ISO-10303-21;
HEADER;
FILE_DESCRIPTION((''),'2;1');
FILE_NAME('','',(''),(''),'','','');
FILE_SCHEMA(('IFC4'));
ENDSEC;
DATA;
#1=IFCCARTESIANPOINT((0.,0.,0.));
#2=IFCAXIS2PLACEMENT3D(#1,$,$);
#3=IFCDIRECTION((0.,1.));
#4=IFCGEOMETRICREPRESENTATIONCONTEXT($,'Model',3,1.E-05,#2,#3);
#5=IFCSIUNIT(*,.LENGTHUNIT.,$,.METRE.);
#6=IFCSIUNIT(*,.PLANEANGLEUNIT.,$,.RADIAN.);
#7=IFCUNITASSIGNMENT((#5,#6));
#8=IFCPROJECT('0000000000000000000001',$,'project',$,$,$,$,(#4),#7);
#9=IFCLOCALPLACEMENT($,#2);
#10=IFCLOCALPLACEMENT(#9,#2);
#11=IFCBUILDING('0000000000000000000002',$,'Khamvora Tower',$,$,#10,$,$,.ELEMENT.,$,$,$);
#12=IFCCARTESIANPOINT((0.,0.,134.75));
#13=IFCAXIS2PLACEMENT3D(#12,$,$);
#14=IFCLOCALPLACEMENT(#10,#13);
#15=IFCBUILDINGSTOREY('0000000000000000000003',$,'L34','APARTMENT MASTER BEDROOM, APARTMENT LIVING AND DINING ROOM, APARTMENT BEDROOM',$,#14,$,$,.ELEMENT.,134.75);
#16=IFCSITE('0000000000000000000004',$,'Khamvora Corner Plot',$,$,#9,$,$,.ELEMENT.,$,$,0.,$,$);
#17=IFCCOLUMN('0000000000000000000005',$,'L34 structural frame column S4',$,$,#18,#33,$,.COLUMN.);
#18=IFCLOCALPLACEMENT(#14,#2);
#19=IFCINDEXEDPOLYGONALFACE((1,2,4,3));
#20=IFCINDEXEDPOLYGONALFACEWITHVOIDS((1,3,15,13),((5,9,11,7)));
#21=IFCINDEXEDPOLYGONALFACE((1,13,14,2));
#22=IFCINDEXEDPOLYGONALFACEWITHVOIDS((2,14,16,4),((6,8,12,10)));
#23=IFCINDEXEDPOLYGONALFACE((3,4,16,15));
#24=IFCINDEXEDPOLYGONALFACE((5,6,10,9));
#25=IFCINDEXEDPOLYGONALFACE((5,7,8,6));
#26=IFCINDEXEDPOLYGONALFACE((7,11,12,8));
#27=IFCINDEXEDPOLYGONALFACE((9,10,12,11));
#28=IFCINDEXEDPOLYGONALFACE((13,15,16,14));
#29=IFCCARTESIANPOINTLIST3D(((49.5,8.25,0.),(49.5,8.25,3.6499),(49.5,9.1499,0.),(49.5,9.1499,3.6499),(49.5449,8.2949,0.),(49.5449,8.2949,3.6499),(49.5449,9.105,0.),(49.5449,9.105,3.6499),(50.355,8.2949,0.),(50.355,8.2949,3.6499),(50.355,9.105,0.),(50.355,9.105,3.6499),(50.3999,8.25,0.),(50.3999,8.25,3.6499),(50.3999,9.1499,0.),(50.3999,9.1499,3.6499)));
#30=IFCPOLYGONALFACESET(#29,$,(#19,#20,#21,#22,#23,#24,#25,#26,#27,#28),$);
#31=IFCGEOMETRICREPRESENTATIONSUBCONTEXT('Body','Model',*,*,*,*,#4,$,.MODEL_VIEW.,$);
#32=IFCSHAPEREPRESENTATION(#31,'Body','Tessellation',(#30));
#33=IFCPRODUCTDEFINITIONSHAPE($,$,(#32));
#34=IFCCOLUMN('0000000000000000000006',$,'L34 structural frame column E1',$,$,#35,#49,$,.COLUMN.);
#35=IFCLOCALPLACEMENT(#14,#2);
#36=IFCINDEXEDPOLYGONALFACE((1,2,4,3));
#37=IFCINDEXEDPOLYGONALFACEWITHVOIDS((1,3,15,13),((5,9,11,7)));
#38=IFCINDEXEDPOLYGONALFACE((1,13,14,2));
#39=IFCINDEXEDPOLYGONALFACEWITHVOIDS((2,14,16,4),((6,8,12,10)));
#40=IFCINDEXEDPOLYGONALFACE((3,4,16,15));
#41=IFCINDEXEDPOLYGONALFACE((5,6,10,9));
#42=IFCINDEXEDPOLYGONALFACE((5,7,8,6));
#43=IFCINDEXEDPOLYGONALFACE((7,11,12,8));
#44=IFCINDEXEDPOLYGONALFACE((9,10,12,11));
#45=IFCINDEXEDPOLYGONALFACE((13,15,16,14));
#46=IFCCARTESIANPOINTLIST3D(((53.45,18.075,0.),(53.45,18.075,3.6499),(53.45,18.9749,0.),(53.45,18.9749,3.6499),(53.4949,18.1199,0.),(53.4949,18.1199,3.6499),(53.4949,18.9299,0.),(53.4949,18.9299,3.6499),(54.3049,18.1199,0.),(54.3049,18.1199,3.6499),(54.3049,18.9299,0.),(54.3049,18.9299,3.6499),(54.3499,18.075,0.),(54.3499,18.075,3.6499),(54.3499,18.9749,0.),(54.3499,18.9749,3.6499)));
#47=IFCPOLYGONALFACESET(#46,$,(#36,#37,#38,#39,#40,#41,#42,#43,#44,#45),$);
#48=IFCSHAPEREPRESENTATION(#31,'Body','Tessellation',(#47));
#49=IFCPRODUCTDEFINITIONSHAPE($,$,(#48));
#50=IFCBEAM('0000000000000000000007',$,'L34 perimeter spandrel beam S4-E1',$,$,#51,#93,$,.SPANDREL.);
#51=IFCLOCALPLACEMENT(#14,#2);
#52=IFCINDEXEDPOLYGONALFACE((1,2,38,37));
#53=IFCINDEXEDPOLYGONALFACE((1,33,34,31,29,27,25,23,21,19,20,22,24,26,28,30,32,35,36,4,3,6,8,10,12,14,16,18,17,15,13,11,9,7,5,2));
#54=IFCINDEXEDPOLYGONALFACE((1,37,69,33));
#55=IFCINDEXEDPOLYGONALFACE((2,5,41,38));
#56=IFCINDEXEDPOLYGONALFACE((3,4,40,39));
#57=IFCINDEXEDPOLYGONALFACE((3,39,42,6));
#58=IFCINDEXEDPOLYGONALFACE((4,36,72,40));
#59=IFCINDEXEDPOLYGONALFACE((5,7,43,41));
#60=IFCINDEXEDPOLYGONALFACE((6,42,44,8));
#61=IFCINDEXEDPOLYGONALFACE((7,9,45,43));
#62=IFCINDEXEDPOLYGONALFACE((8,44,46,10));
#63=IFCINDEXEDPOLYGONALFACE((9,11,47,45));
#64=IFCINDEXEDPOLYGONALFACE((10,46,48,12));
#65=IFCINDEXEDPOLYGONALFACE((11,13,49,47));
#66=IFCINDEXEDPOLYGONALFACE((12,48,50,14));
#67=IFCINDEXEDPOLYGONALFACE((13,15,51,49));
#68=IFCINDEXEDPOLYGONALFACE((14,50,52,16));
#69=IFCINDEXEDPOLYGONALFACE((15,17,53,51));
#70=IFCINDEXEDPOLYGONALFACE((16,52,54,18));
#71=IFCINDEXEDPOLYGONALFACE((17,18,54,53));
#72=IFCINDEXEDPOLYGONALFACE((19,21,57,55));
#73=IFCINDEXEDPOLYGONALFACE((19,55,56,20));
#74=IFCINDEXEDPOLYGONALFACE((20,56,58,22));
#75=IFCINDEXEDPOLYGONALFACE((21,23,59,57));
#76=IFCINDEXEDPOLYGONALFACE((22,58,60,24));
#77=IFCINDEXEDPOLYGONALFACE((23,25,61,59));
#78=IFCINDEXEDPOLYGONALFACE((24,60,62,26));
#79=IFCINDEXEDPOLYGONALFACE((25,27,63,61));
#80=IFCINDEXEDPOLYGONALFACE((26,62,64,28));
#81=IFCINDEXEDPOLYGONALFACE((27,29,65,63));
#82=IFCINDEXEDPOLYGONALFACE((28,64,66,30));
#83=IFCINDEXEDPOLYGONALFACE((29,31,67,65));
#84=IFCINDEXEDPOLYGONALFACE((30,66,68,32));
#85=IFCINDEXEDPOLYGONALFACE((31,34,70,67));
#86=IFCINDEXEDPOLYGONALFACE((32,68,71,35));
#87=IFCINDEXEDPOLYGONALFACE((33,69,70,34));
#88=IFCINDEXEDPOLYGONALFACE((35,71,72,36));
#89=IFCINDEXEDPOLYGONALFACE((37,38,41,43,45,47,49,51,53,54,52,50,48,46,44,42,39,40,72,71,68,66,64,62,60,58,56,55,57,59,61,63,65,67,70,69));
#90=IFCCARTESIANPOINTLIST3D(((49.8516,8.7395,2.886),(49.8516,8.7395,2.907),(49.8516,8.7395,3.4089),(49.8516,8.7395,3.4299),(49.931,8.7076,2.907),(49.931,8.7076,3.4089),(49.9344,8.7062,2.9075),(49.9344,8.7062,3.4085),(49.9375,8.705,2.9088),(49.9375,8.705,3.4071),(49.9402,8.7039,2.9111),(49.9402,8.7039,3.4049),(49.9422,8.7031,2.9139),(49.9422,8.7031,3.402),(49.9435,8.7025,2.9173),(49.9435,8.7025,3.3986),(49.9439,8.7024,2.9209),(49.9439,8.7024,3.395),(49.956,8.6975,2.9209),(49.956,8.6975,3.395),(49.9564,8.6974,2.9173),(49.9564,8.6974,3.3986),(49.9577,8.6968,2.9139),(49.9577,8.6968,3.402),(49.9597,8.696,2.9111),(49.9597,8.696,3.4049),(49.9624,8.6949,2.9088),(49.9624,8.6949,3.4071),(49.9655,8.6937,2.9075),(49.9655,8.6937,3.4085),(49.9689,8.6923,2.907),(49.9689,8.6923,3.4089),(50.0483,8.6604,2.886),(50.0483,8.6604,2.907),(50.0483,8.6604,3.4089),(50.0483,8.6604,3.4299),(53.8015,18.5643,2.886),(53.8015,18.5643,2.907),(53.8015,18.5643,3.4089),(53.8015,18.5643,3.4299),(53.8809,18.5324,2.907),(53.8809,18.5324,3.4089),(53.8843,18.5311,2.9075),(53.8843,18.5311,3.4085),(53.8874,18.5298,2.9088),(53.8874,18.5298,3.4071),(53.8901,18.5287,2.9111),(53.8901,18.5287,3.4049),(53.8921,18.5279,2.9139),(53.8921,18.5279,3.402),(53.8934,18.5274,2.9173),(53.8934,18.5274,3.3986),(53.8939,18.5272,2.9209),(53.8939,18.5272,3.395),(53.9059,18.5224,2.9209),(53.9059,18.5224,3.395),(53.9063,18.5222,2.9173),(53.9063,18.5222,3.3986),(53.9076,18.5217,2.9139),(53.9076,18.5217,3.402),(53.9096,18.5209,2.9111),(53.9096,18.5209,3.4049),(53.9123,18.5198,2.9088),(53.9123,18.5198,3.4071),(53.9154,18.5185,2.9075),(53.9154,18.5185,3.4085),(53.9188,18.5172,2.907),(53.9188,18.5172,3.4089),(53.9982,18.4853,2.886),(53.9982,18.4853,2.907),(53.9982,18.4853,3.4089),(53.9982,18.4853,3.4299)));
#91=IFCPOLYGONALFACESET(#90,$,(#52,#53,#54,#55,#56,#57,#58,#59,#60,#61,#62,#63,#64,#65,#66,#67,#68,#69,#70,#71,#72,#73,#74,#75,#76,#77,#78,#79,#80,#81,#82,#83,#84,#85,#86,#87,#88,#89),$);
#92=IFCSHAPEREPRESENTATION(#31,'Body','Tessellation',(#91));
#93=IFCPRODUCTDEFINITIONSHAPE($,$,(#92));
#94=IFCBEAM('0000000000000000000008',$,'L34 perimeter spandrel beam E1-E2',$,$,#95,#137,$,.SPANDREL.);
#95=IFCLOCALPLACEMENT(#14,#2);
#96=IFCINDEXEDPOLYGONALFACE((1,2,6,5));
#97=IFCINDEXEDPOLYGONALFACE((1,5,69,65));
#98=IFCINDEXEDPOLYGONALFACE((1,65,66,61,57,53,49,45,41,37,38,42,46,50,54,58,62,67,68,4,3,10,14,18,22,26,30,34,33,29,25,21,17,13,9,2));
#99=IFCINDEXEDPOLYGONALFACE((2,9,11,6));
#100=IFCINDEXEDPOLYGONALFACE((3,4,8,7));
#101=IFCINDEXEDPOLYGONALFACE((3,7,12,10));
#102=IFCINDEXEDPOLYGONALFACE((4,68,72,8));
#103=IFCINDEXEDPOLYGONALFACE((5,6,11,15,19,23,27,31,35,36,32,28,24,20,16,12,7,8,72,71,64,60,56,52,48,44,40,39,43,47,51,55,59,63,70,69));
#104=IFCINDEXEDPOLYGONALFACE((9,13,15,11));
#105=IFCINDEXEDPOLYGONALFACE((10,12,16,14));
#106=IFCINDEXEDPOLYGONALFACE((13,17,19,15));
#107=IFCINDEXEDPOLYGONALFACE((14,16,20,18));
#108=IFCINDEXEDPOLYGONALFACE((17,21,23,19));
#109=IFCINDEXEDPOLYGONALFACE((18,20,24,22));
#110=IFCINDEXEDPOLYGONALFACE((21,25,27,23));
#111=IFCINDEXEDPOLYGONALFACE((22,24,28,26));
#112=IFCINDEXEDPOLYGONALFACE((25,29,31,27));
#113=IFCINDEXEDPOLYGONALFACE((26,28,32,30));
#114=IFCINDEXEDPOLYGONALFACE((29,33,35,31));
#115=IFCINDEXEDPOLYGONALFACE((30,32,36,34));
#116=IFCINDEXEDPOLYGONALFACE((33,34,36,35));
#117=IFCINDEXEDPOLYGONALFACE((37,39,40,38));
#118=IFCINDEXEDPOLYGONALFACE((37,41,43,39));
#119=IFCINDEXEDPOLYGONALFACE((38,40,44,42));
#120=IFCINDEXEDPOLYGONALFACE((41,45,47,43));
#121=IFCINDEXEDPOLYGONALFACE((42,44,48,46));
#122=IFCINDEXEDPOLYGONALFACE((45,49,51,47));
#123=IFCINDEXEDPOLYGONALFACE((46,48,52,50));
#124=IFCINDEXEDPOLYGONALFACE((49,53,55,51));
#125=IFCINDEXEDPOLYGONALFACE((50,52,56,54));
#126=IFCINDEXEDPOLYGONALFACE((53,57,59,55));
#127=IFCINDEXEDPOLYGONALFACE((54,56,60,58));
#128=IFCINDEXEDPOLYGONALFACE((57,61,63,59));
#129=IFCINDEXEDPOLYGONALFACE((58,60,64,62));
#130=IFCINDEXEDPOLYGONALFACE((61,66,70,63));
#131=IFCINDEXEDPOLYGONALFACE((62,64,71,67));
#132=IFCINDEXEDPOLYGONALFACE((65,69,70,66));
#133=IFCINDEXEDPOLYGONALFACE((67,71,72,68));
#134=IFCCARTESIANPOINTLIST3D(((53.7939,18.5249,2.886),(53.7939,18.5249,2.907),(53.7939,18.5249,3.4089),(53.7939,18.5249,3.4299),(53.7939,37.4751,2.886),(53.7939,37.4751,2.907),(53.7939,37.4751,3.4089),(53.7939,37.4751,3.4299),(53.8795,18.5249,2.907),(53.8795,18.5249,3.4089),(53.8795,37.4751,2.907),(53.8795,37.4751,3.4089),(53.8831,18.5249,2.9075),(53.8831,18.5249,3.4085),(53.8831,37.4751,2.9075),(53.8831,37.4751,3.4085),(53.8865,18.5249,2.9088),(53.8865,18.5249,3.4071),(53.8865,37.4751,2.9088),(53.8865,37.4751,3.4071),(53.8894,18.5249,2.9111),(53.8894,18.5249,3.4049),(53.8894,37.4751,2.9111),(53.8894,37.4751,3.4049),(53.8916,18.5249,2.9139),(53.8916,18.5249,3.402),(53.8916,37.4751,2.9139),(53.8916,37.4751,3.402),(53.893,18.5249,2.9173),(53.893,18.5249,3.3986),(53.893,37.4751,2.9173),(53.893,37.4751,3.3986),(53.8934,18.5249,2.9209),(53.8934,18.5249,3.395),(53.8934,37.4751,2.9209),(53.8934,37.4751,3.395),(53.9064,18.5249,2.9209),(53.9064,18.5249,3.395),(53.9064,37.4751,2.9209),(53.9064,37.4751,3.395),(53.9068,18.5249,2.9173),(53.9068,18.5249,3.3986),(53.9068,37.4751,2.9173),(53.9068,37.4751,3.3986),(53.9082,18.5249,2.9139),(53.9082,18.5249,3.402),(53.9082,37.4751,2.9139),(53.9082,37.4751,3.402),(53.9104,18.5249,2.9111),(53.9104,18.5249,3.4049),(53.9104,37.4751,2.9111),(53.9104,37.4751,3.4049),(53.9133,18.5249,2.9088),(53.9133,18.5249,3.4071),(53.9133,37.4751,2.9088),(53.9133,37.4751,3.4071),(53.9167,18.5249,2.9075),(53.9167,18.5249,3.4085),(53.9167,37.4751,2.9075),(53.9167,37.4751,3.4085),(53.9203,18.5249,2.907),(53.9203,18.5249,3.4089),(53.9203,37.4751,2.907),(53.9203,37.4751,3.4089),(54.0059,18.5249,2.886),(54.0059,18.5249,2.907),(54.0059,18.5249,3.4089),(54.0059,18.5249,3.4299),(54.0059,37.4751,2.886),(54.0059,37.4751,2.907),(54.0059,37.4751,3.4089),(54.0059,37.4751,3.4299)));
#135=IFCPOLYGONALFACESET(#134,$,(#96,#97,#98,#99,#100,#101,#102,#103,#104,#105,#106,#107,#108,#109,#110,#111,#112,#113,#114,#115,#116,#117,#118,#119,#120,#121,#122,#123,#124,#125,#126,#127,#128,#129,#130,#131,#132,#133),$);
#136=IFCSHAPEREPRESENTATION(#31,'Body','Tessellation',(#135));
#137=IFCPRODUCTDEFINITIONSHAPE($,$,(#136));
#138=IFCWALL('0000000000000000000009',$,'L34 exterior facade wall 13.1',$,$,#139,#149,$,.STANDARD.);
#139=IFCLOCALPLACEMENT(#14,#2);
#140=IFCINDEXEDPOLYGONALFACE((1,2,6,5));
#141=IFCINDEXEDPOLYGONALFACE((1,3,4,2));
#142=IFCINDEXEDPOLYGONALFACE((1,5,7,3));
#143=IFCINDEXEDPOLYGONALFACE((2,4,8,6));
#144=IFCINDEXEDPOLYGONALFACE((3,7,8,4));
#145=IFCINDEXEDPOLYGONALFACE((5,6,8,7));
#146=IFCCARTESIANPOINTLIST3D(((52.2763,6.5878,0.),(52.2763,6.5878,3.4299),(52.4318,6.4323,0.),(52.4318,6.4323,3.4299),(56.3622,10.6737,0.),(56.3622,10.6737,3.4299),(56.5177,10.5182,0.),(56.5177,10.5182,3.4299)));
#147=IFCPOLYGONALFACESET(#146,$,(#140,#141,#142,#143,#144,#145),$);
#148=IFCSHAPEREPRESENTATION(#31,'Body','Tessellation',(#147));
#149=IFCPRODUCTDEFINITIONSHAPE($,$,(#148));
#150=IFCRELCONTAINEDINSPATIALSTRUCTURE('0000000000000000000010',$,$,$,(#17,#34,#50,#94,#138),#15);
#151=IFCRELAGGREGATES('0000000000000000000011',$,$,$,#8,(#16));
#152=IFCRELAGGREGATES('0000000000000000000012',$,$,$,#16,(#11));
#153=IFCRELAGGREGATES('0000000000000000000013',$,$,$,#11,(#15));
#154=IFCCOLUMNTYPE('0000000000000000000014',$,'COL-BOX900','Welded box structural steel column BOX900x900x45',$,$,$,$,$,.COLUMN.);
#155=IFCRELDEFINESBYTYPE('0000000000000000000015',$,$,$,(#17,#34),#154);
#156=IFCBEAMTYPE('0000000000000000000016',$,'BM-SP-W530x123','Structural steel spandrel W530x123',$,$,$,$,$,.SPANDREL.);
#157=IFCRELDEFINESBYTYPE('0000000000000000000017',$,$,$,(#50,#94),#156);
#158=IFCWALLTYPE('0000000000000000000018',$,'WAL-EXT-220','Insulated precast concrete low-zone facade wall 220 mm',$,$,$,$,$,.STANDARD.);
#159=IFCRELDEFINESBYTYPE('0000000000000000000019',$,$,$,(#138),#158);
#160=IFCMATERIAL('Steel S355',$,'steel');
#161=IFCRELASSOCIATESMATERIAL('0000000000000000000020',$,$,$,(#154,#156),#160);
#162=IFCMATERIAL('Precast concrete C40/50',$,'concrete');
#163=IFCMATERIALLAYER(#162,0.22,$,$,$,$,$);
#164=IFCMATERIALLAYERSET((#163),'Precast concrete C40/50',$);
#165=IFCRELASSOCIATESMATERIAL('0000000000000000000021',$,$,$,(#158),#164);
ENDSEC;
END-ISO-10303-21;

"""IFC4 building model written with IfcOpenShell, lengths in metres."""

from ifc_helpers import new_model, si_unit, direction, frame, frame_2d, origin, origin_2d, place, context, subcontext, project, spatial, rectangle, hollow_rectangle, i_section, extrude, material, layer, layer_set, material_profile, profile_set, type_object, element, save


model = new_model("IFC4")

# Units and contexts
model_context = context("Model", 3, precision=1e-05, world=origin(), true_north=direction((0.0, 1.0)))
body_context = subcontext(model_context, "Body", "Model", "MODEL_VIEW")
ifc_project = project(units=[si_unit("LENGTHUNIT", "METRE"), si_unit("PLANEANGLEUNIT", "RADIAN")], contexts=[model_context])

# Site, building, storey
site_placement = place(None, origin())
site = spatial("IfcSite", under=ifc_project, at=site_placement, Name="Khamvora Corner Plot", CompositionType="ELEMENT", RefElevation=0.0)
building_placement = place(site_placement, origin())
building = spatial("IfcBuilding", under=site, at=building_placement, Name="Khamvora Tower", CompositionType="ELEMENT")
storey_placement = place(building_placement, frame((0.0, 0.0, 134.75)))
storey = spatial("IfcBuildingStorey", under=building, at=storey_placement, Name="L34", Description="APARTMENT MASTER BEDROOM, APARTMENT LIVING AND DINING ROOM, APARTMENT BEDROOM", CompositionType="ELEMENT", Elevation=134.75)

# Columns
ifc_material_1 = material(Name="Steel S355", Category="steel")
ifc_material_profile_1 = material_profile(ifc_material_1, hollow_rectangle(XDim=0.8999, YDim=0.8999, WallThickness=0.0449, at=origin_2d()), Name="BOX900x900x45")
ifc_profile_set_1 = profile_set([ifc_material_profile_1], Name="Steel S355")
column_type = type_object("IfcColumnType", Name="COL-BOX900", Description="Welded box structural steel column BOX900x900x45", PredefinedType="COLUMN", material=ifc_profile_set_1)
for number, where, z_axis, x_axis, name in (
    (1, (49.95, 8.7, 0.0), (0.0, 0.0, 1.0), (1.0, 0.0, 0.0), "L34 structural frame column S4"),
    (2, (53.8999, 18.5249, 0.0), (0.0, 0.0, 1.0), (1.0, 0.0, 0.0), "L34 structural frame column E1"),
):
    element("IfcColumn", number, at=place(storey_placement, frame(where, z_axis=z_axis, x_axis=x_axis)), inside=storey, type_object=column_type, Name=name, PredefinedType="COLUMN", context=body_context, shape_type="SweptSolid", body=[
        extrude(hollow_rectangle(XDim=0.8999, YDim=0.8999, WallThickness=0.0449, at=origin_2d()), origin(), (0.0, 0.0, 1.0), 3.6499),
    ])

# Beams
ifc_material_profile_2 = material_profile(ifc_material_1, i_section(OverallWidth=0.2119, OverallDepth=0.5439, WebThickness=0.0129, FlangeThickness=0.021, FilletRadius=0.0139, at=origin_2d()), Name="W530x123")
ifc_profile_set_2 = profile_set([ifc_material_profile_2], Name="Steel S355")
beam_type = type_object("IfcBeamType", Name="BM-SP-W530x123", Description="Structural steel spandrel W530x123", PredefinedType="SPANDREL", material=ifc_profile_set_2)
beam_1_placement = place(storey_placement, frame((49.95, 8.7, 3.158), z_axis=(0.373016, 0.927825, 0.0), x_axis=(-0.927825, 0.373016, 0.0)))
element("IfcBeam", 3, at=beam_1_placement, inside=storey, type_object=beam_type, Name="L34 perimeter spandrel beam S4-E1", PredefinedType="SPANDREL", context=body_context, shape_type="SweptSolid", body=[
    extrude(i_section(OverallWidth=0.2119, OverallDepth=0.5439, WebThickness=0.0129, FlangeThickness=0.021, FilletRadius=0.0139, at=origin_2d()), origin(), (0.0, 0.0, 1.0), 10.5891),
])
beam_2_placement = place(storey_placement, frame((53.8999, 18.5249, 3.158), z_axis=(0.0, 1.0, 0.0), x_axis=(-1.0, 0.0, 0.0)))
element("IfcBeam", 4, at=beam_2_placement, inside=storey, type_object=beam_type, Name="L34 perimeter spandrel beam E1-E2", PredefinedType="SPANDREL", context=body_context, shape_type="SweptSolid", body=[
    extrude(i_section(OverallWidth=0.2119, OverallDepth=0.5439, WebThickness=0.0129, FlangeThickness=0.021, FilletRadius=0.0139, at=origin_2d()), origin(), (0.0, 0.0, 1.0), 18.9502),
])

# Wall
ifc_material_2 = material(Name="Precast concrete C40/50", Category="concrete")
ifc_layer_1 = layer(ifc_material_2, 0.22)
ifc_layer_set_1 = layer_set([ifc_layer_1], Name="Precast concrete C40/50")
wall_type_1 = type_object("IfcWallType", Name="WAL-EXT-220", Description="Insulated precast concrete low-zone facade wall 220 mm", PredefinedType="STANDARD", material=ifc_layer_set_1)
wall_1_placement = place(storey_placement, frame((56.4399, 10.5959, 0.0), z_axis=(0.0, 0.0, 1.0), x_axis=(-0.707107, -0.707107, 0.0)))
element("IfcWall", 5, at=wall_1_placement, inside=storey, type_object=wall_type_1, Name="L34 exterior facade wall 13.1", PredefinedType="STANDARD", context=body_context, shape_type="SweptSolid", body=[
    extrude(rectangle(XDim=5.7783, YDim=0.22, at=frame_2d((2.8892, 0.0))), origin(), (0.0, 0.0, 1.0), 3.4299),
])

save(model, "model.ifc")
